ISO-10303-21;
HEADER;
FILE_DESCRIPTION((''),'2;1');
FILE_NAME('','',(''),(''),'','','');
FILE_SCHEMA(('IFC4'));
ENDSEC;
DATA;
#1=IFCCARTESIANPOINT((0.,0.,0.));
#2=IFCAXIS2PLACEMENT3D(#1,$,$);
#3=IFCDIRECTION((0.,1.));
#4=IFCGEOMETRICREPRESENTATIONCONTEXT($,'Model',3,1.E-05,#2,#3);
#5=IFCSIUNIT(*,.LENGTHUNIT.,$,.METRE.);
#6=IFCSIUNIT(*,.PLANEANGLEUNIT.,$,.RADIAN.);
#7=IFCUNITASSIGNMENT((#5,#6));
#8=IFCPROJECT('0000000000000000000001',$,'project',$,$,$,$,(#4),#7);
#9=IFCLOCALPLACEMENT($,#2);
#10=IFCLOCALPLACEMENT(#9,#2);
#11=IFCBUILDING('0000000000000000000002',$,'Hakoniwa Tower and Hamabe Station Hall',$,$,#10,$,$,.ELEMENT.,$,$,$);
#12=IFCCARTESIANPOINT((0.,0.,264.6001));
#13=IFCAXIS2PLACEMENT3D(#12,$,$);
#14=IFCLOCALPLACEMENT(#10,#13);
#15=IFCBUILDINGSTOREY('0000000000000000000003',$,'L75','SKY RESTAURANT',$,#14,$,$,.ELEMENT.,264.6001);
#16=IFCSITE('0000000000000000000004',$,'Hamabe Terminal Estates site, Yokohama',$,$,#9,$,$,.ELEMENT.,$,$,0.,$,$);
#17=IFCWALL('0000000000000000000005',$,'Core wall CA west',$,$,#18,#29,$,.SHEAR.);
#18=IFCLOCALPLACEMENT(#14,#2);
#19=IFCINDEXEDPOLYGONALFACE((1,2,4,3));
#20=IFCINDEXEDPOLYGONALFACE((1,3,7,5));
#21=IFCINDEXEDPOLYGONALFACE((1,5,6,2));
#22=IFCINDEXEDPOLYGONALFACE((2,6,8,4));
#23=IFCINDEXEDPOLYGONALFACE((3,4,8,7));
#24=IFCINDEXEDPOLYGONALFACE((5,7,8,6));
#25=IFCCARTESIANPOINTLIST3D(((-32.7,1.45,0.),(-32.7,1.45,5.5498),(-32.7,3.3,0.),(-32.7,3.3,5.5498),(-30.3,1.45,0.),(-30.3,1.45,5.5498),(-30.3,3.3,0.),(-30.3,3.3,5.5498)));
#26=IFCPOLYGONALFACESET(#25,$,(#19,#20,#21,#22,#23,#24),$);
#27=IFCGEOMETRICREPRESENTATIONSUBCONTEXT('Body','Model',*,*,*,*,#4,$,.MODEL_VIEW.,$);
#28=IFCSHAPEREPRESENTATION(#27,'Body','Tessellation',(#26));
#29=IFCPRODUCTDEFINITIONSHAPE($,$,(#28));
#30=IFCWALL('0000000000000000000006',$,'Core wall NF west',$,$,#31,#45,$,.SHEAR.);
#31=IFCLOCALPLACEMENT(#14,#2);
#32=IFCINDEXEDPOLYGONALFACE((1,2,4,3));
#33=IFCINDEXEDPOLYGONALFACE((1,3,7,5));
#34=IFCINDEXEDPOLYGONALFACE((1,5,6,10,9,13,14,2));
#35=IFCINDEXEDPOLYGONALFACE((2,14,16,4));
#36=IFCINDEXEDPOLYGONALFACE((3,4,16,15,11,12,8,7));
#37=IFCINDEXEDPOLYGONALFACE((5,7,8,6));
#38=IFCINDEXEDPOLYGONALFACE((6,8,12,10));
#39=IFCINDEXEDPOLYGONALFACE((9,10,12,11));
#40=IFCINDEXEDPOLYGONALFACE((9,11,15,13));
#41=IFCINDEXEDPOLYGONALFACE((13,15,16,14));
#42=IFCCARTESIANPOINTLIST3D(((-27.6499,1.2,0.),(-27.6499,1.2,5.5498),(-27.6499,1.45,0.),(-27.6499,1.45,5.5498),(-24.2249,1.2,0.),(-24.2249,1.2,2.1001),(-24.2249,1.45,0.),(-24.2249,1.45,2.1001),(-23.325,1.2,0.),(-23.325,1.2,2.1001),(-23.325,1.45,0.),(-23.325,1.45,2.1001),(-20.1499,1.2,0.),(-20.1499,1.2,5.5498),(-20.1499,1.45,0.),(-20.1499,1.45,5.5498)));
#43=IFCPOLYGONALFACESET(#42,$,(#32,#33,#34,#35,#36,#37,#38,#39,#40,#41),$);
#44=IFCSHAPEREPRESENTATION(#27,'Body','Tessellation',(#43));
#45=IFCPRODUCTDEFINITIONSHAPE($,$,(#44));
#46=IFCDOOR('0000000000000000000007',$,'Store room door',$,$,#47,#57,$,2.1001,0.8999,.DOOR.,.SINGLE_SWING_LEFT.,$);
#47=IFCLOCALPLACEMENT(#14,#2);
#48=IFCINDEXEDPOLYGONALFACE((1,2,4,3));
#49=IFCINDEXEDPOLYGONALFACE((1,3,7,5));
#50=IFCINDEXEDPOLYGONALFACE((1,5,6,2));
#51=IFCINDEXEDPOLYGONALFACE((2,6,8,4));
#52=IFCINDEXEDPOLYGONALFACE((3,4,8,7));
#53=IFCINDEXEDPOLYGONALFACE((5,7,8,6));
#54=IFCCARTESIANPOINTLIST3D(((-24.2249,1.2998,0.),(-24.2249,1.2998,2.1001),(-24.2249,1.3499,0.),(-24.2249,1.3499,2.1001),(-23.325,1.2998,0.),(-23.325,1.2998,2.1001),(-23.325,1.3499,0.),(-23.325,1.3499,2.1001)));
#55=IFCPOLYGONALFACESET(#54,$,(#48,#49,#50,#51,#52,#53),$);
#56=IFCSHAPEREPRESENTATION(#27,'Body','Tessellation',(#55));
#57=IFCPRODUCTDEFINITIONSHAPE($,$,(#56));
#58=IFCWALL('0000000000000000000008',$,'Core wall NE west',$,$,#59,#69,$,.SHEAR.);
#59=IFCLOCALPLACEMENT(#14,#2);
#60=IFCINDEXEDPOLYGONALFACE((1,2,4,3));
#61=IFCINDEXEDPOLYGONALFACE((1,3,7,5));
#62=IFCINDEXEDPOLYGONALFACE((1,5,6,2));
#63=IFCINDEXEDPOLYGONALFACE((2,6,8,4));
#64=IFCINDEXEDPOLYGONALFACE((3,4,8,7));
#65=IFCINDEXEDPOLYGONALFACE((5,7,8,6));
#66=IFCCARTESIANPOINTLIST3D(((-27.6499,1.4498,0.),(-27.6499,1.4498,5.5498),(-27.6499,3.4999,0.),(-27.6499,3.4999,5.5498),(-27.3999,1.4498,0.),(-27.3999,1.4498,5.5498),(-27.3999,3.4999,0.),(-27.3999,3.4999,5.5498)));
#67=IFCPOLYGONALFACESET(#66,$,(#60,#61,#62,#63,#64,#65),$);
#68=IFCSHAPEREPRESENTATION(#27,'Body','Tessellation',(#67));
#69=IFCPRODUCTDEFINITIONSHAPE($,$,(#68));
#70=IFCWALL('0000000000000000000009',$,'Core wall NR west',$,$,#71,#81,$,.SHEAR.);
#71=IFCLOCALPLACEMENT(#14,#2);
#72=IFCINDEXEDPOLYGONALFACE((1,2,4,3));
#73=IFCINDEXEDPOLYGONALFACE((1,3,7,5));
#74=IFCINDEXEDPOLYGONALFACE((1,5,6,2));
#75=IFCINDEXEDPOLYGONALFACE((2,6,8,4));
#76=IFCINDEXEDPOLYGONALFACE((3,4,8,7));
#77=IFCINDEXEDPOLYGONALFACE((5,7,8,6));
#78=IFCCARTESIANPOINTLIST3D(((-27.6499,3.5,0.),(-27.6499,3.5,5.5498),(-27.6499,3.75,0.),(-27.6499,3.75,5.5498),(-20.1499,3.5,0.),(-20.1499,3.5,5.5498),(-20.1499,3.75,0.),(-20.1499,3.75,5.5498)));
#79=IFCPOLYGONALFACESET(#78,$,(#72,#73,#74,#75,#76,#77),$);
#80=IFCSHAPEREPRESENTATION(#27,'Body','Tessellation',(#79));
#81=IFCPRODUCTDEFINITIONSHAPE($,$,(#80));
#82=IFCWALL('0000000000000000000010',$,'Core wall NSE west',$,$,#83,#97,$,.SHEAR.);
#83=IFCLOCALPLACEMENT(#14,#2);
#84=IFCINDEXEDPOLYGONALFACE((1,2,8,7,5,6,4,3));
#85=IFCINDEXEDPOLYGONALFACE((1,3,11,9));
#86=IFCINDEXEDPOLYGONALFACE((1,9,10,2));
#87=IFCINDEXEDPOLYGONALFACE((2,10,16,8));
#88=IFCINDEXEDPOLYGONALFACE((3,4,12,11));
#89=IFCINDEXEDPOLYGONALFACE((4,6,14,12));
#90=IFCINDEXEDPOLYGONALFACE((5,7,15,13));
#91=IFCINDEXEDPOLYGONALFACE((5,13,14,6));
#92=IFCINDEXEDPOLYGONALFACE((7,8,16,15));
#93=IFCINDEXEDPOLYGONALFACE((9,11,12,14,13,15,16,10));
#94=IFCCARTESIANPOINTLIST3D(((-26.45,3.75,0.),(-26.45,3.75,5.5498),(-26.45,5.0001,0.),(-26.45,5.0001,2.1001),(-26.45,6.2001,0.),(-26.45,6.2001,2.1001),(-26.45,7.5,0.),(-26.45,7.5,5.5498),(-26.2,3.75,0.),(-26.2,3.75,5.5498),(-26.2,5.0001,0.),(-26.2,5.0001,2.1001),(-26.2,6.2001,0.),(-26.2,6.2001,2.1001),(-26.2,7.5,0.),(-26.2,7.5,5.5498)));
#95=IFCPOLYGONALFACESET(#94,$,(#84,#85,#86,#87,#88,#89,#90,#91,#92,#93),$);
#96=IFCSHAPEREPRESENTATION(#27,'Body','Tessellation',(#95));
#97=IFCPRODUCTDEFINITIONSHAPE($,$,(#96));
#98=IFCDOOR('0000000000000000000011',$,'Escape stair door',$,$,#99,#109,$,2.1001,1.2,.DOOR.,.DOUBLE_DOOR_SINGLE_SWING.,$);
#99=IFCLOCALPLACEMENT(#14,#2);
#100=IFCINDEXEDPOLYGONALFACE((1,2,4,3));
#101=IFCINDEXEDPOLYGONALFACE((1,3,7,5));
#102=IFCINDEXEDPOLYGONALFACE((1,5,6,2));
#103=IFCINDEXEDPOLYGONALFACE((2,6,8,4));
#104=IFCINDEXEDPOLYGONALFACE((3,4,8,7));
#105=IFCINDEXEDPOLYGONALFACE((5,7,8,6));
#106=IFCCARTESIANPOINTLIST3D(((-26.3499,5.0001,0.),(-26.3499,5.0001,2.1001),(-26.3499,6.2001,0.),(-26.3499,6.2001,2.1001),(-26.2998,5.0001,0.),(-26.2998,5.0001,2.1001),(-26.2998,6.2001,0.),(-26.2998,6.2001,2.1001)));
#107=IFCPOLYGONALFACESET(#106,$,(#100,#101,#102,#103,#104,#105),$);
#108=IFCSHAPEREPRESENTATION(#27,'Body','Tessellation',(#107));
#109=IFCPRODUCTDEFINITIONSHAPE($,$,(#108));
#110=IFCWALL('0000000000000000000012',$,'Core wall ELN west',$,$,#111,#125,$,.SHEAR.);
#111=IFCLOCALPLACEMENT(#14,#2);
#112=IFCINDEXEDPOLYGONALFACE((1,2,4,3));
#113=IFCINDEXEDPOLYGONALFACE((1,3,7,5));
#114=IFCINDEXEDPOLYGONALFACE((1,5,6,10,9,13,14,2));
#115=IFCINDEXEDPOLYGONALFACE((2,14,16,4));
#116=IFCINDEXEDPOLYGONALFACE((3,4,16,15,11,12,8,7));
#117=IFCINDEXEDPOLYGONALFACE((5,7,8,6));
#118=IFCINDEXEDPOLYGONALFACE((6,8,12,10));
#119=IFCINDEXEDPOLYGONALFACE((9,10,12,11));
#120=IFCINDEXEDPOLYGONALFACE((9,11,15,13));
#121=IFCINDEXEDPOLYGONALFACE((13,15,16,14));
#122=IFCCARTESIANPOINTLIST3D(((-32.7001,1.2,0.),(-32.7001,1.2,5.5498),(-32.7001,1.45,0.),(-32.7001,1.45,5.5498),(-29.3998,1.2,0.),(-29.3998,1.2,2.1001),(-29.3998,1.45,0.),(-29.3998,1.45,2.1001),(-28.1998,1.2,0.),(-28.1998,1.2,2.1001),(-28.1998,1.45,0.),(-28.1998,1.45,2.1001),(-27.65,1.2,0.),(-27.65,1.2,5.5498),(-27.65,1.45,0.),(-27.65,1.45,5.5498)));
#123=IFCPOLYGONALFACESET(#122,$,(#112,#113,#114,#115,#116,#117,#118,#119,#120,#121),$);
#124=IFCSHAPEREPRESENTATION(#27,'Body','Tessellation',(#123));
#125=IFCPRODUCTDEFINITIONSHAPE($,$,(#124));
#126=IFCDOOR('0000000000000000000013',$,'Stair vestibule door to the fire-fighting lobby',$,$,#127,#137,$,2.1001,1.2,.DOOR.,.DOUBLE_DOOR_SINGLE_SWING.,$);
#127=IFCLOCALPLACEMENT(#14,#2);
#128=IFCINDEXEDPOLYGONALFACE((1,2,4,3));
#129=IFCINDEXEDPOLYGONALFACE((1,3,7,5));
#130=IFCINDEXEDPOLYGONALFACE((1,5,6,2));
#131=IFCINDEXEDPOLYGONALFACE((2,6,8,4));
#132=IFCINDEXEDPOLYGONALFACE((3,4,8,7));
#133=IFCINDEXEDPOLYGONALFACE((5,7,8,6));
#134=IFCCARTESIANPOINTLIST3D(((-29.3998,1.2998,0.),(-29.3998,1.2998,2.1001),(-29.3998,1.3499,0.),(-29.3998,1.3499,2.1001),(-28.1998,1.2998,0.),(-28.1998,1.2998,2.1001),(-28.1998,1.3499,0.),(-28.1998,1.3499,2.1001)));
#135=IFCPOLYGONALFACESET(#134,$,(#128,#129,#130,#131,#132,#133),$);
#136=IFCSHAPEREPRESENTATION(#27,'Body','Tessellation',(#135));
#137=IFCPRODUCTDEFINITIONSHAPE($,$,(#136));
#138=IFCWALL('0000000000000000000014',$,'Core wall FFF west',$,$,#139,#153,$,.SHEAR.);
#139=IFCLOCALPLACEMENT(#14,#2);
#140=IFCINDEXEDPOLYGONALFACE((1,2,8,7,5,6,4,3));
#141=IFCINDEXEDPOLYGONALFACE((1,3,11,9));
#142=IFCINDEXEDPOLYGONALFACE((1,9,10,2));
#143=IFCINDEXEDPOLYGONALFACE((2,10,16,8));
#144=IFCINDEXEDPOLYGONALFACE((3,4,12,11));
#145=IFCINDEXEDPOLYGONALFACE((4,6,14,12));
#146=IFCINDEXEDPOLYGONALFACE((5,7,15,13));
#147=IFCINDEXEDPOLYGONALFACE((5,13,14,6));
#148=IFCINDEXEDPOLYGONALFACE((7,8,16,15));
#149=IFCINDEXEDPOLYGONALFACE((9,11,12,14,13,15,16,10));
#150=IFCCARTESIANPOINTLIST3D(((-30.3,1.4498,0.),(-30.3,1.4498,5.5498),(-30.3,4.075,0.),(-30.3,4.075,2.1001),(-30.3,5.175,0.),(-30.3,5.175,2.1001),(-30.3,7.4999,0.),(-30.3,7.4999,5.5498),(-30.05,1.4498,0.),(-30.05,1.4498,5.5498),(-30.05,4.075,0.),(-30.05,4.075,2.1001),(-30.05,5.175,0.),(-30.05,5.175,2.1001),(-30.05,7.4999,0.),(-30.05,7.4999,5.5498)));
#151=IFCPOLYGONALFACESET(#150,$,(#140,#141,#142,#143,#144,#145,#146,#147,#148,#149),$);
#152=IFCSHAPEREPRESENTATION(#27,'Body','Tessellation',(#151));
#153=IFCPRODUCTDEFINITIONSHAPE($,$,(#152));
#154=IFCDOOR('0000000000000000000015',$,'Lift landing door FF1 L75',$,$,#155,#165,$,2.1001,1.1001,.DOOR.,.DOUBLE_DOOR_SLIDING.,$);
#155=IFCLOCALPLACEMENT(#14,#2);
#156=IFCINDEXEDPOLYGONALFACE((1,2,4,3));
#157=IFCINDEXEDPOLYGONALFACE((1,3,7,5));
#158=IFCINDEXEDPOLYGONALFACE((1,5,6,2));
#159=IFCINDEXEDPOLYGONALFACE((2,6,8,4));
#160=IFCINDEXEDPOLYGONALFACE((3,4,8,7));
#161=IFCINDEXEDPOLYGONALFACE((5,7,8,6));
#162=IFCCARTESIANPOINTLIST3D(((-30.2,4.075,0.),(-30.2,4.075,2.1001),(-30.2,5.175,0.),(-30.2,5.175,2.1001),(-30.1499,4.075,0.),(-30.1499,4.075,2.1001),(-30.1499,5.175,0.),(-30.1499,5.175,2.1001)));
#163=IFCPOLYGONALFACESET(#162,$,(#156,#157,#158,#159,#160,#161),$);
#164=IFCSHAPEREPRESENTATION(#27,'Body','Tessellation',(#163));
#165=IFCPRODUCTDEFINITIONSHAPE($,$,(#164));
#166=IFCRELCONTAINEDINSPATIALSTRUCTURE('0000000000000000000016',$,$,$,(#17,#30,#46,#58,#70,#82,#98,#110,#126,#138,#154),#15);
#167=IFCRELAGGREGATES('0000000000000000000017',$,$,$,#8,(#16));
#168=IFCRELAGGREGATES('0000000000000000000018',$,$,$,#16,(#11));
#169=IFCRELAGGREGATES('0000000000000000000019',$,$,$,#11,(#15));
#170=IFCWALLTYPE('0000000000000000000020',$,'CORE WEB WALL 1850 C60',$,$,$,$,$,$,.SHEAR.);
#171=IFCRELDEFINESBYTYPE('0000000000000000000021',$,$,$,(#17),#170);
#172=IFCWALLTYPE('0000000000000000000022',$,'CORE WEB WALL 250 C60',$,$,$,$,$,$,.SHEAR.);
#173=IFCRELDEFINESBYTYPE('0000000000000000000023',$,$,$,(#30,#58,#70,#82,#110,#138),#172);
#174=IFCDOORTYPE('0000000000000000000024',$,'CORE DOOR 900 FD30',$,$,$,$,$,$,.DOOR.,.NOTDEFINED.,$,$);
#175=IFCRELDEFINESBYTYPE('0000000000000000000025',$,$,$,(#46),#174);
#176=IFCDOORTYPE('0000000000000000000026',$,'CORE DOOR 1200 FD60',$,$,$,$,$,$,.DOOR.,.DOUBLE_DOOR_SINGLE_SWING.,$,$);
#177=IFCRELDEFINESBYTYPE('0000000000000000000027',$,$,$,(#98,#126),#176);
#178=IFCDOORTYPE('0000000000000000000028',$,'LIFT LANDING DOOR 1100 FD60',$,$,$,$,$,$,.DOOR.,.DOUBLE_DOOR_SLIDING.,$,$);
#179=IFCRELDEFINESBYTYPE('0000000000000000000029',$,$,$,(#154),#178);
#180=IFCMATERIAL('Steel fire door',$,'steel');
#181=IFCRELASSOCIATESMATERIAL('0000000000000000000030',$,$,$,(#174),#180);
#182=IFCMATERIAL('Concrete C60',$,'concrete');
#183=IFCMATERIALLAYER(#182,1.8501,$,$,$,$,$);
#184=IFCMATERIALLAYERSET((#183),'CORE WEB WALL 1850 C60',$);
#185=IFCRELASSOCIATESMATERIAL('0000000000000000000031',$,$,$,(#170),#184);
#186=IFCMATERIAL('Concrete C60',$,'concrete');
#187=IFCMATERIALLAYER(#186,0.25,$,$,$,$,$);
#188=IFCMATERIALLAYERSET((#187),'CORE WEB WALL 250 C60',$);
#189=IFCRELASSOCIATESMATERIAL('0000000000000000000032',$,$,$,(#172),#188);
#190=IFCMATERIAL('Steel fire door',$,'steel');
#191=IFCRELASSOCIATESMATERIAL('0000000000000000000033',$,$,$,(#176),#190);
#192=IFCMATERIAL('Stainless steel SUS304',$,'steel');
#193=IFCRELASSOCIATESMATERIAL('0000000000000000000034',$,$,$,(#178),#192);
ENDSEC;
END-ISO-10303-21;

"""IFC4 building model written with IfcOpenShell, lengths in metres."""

from ifc_helpers import new_model, si_unit, direction, frame, frame_2d, origin, place, context, subcontext, project, spatial, rectangle, extrude, material, layer, layer_set, type_object, element, fill, save


model = new_model("IFC4")

# Units and contexts
model_context = context("Model", 3, precision=1e-05, world=origin(), true_north=direction((0.0, 1.0)))
body_context = subcontext(model_context, "Body", "Model", "MODEL_VIEW")
ifc_project = project(units=[si_unit("LENGTHUNIT", "METRE"), si_unit("PLANEANGLEUNIT", "RADIAN")], contexts=[model_context])

# Site, building, storey
site_placement = place(None, origin())
site = spatial("IfcSite", under=ifc_project, at=site_placement, Name="Hamabe Terminal Estates site, Yokohama", CompositionType="ELEMENT", RefElevation=0.0)
building_placement = place(site_placement, origin())
building = spatial("IfcBuilding", under=site, at=building_placement, Name="Hakoniwa Tower and Hamabe Station Hall", CompositionType="ELEMENT")
storey_placement = place(building_placement, frame((0.0, 0.0, 264.6001)))
storey = spatial("IfcBuildingStorey", under=building, at=storey_placement, Name="L75", Description="SKY RESTAURANT", CompositionType="ELEMENT", Elevation=264.6001)

# Shared definitions
ifc_material_1 = material(Name="Steel fire door", Category="steel")
door_type_1 = type_object("IfcDoorType", Name="CORE DOOR 900 FD30", OperationType="NOTDEFINED", PredefinedType="DOOR", material=ifc_material_1)

# Wall
ifc_material_2 = material(Name="Concrete C60", Category="concrete")
ifc_layer_1 = layer(ifc_material_2, 1.8501)
ifc_layer_set_1 = layer_set([ifc_layer_1], Name="CORE WEB WALL 1850 C60")
wall_type_1 = type_object("IfcWallType", Name="CORE WEB WALL 1850 C60", PredefinedType="SHEAR", material=ifc_layer_set_1)
wall_1_placement = place(storey_placement, frame((-32.7, 2.375, 0.0), z_axis=(0.0, 0.0, 1.0), x_axis=(1.0, 0.0, 0.0)))
element("IfcWall", 1, at=wall_1_placement, inside=storey, type_object=wall_type_1, Name="Core wall CA west", PredefinedType="SHEAR", context=body_context, shape_type="SweptSolid", body=[
    extrude(rectangle(XDim=2.3999, YDim=1.8501, at=frame_2d((1.2, 0.0))), origin(), (0.0, 0.0, 1.0), 5.5498),
])

# Wall, opening, door
ifc_material_3 = material(Name="Concrete C60", Category="concrete")
ifc_layer_2 = layer(ifc_material_3, 0.25)
ifc_layer_set_2 = layer_set([ifc_layer_2], Name="CORE WEB WALL 250 C60")
wall_type_2 = type_object("IfcWallType", Name="CORE WEB WALL 250 C60", PredefinedType="SHEAR", material=ifc_layer_set_2)
wall_2_placement = place(storey_placement, frame((-27.6499, 1.325, 0.0), z_axis=(0.0, 0.0, 1.0), x_axis=(1.0, 0.0, 0.0)))
wall_2 = element("IfcWall", 2, at=wall_2_placement, inside=storey, type_object=wall_type_2, Name="Core wall NF west", PredefinedType="SHEAR", context=body_context, shape_type="SweptSolid", body=[
    extrude(rectangle(XDim=7.5, YDim=0.25, at=frame_2d((3.75, 0.0))), origin(), (0.0, 0.0, 1.0), 5.5498),
])
opening_1_placement = place(wall_2_placement, frame((3.425, 0.0, 0.0)))
opening_1 = element("IfcOpeningElement", 3, at=opening_1_placement, cuts=wall_2, PredefinedType="OPENING", context=body_context, shape_type="SweptSolid", body=[
    extrude(rectangle(XDim=0.8999, YDim=2.1001, at=frame_2d((0.45, 1.05))), frame((0.0, 0.135, 0.0), z_axis=(0.0, -1.0, 0.0), x_axis=(1.0, 0.0, 0.0)), (0.0, 0.0, 1.0), 0.27),
])
door_1_placement = place(opening_1_placement, origin())
door_1 = element("IfcDoor", 4, at=door_1_placement, inside=storey, type_object=door_type_1, Name="Store room door", OperationType="SINGLE_SWING_LEFT", OverallHeight=2.1001, OverallWidth=0.8999, PredefinedType="DOOR", context=body_context, shape_type="SweptSolid", body=[
    extrude(rectangle(XDim=0.8999, YDim=2.1001, at=frame_2d((0.45, 1.05))), frame((0.0, 0.0249, 0.0), z_axis=(0.0, -1.0, 0.0), x_axis=(1.0, 0.0, 0.0)), (0.0, 0.0, 1.0), 0.05),
])
fill(opening_1, door_1)

# Walls
wall_3_placement = place(storey_placement, frame((-27.5249, 1.45, 0.0), z_axis=(0.0, 0.0, 1.0), x_axis=(0.0, 1.0, 0.0)))
element("IfcWall", 5, at=wall_3_placement, inside=storey, type_object=wall_type_2, Name="Core wall NE west", PredefinedType="SHEAR", context=body_context, shape_type="SweptSolid", body=[
    extrude(rectangle(XDim=2.05, YDim=0.25, at=frame_2d((1.0249, 0.0))), origin(), (0.0, 0.0, 1.0), 5.5498),
])
wall_4_placement = place(storey_placement, frame((-27.6499, 3.625, 0.0), z_axis=(0.0, 0.0, 1.0), x_axis=(1.0, 0.0, 0.0)))
element("IfcWall", 6, at=wall_4_placement, inside=storey, type_object=wall_type_2, Name="Core wall NR west", PredefinedType="SHEAR", context=body_context, shape_type="SweptSolid", body=[
    extrude(rectangle(XDim=7.5, YDim=0.25, at=frame_2d((3.75, 0.0))), origin(), (0.0, 0.0, 1.0), 5.5498),
])

# Walls, openings, doors
wall_5_placement = place(storey_placement, frame((-26.325, 3.75, 0.0), z_axis=(0.0, 0.0, 1.0), x_axis=(0.0, 1.0, 0.0)))
wall_5 = element("IfcWall", 7, at=wall_5_placement, inside=storey, type_object=wall_type_2, Name="Core wall NSE west", PredefinedType="SHEAR", context=body_context, shape_type="SweptSolid", body=[
    extrude(rectangle(XDim=3.75, YDim=0.25, at=frame_2d((1.875, 0.0))), origin(), (0.0, 0.0, 1.0), 5.5498),
])
opening_2_placement = place(wall_5_placement, frame((1.25, 0.0, 0.0)))
opening_2 = element("IfcOpeningElement", 8, at=opening_2_placement, cuts=wall_5, PredefinedType="OPENING", context=body_context, shape_type="SweptSolid", body=[
    extrude(rectangle(XDim=1.2, YDim=2.1001, at=frame_2d((0.6001, 1.05))), frame((0.0, 0.135, 0.0), z_axis=(0.0, -1.0, 0.0), x_axis=(1.0, 0.0, 0.0)), (0.0, 0.0, 1.0), 0.27),
])
ifc_material_4 = material(Name="Steel fire door", Category="steel")
door_type_2 = type_object("IfcDoorType", Name="CORE DOOR 1200 FD60", OperationType="DOUBLE_DOOR_SINGLE_SWING", PredefinedType="DOOR", material=ifc_material_4)
door_2_placement = place(opening_2_placement, origin())
door_2 = element("IfcDoor", 9, at=door_2_placement, inside=storey, type_object=door_type_2, Name="Escape stair door", OperationType="DOUBLE_DOOR_SINGLE_SWING", OverallHeight=2.1001, OverallWidth=1.2, PredefinedType="DOOR", context=body_context, shape_type="SweptSolid", body=[
    extrude(rectangle(XDim=1.2, YDim=2.1001, at=frame_2d((0.6001, 1.05))), frame((0.0, 0.0249, 0.0), z_axis=(0.0, -1.0, 0.0), x_axis=(1.0, 0.0, 0.0)), (0.0, 0.0, 1.0), 0.05),
])
fill(opening_2, door_2)
wall_6_placement = place(storey_placement, frame((-32.7, 1.325, 0.0), z_axis=(0.0, 0.0, 1.0), x_axis=(1.0, 0.0, 0.0)))
wall_6 = element("IfcWall", 10, at=wall_6_placement, inside=storey, type_object=wall_type_2, Name="Core wall ELN west", PredefinedType="SHEAR", context=body_context, shape_type="SweptSolid", body=[
    extrude(rectangle(XDim=5.05, YDim=0.25, at=frame_2d((2.5249, 0.0))), origin(), (0.0, 0.0, 1.0), 5.5498),
])
opening_3_placement = place(wall_6_placement, frame((3.3, 0.0, 0.0)))
opening_3 = element("IfcOpeningElement", 11, at=opening_3_placement, cuts=wall_6, PredefinedType="OPENING", context=body_context, shape_type="SweptSolid", body=[
    extrude(rectangle(XDim=1.2, YDim=2.1001, at=frame_2d((0.6001, 1.05))), frame((0.0, 0.135, 0.0), z_axis=(0.0, -1.0, 0.0), x_axis=(1.0, 0.0, 0.0)), (0.0, 0.0, 1.0), 0.27),
])
door_3_placement = place(opening_3_placement, origin())
door_3 = element("IfcDoor", 12, at=door_3_placement, inside=storey, type_object=door_type_2, Name="Stair vestibule door to the fire-fighting lobby", OperationType="DOUBLE_DOOR_SINGLE_SWING", OverallHeight=2.1001, OverallWidth=1.2, PredefinedType="DOOR", context=body_context, shape_type="SweptSolid", body=[
    extrude(rectangle(XDim=1.2, YDim=2.1001, at=frame_2d((0.6001, 1.05))), frame((0.0, 0.0249, 0.0), z_axis=(0.0, -1.0, 0.0), x_axis=(1.0, 0.0, 0.0)), (0.0, 0.0, 1.0), 0.05),
])
fill(opening_3, door_3)
wall_7_placement = place(storey_placement, frame((-30.175, 1.45, 0.0), z_axis=(0.0, 0.0, 1.0), x_axis=(0.0, 1.0, 0.0)))
wall_7 = element("IfcWall", 13, at=wall_7_placement, inside=storey, type_object=wall_type_2, Name="Core wall FFF west", PredefinedType="SHEAR", context=body_context, shape_type="SweptSolid", body=[
    extrude(rectangle(XDim=6.05, YDim=0.25, at=frame_2d((3.0249, 0.0))), origin(), (0.0, 0.0, 1.0), 5.5498),
])
opening_4_placement = place(wall_7_placement, frame((2.625, 0.0, 0.0)))
opening_4 = element("IfcOpeningElement", 14, at=opening_4_placement, cuts=wall_7, PredefinedType="OPENING", context=body_context, shape_type="SweptSolid", body=[
    extrude(rectangle(XDim=1.1001, YDim=2.1001, at=frame_2d((0.55, 1.05))), frame((0.0, 0.135, 0.0), z_axis=(0.0, -1.0, 0.0), x_axis=(1.0, 0.0, 0.0)), (0.0, 0.0, 1.0), 0.27),
])
ifc_material_5 = material(Name="Stainless steel SUS304", Category="steel")
door_type_3 = type_object("IfcDoorType", Name="LIFT LANDING DOOR 1100 FD60", OperationType="DOUBLE_DOOR_SLIDING", PredefinedType="DOOR", material=ifc_material_5)
door_4_placement = place(opening_4_placement, origin())
door_4 = element("IfcDoor", 15, at=door_4_placement, inside=storey, type_object=door_type_3, Name="Lift landing door FF1 L75", OperationType="DOUBLE_DOOR_SLIDING", OverallHeight=2.1001, OverallWidth=1.1001, PredefinedType="DOOR", context=body_context, shape_type="SweptSolid", body=[
    extrude(rectangle(XDim=1.1001, YDim=2.1001, at=frame_2d((0.55, 1.05))), frame((0.0, 0.0249, 0.0), z_axis=(0.0, -1.0, 0.0), x_axis=(1.0, 0.0, 0.0)), (0.0, 0.0, 1.0), 0.05),
])
fill(opening_4, door_4)

save(model, "model.ifc")
